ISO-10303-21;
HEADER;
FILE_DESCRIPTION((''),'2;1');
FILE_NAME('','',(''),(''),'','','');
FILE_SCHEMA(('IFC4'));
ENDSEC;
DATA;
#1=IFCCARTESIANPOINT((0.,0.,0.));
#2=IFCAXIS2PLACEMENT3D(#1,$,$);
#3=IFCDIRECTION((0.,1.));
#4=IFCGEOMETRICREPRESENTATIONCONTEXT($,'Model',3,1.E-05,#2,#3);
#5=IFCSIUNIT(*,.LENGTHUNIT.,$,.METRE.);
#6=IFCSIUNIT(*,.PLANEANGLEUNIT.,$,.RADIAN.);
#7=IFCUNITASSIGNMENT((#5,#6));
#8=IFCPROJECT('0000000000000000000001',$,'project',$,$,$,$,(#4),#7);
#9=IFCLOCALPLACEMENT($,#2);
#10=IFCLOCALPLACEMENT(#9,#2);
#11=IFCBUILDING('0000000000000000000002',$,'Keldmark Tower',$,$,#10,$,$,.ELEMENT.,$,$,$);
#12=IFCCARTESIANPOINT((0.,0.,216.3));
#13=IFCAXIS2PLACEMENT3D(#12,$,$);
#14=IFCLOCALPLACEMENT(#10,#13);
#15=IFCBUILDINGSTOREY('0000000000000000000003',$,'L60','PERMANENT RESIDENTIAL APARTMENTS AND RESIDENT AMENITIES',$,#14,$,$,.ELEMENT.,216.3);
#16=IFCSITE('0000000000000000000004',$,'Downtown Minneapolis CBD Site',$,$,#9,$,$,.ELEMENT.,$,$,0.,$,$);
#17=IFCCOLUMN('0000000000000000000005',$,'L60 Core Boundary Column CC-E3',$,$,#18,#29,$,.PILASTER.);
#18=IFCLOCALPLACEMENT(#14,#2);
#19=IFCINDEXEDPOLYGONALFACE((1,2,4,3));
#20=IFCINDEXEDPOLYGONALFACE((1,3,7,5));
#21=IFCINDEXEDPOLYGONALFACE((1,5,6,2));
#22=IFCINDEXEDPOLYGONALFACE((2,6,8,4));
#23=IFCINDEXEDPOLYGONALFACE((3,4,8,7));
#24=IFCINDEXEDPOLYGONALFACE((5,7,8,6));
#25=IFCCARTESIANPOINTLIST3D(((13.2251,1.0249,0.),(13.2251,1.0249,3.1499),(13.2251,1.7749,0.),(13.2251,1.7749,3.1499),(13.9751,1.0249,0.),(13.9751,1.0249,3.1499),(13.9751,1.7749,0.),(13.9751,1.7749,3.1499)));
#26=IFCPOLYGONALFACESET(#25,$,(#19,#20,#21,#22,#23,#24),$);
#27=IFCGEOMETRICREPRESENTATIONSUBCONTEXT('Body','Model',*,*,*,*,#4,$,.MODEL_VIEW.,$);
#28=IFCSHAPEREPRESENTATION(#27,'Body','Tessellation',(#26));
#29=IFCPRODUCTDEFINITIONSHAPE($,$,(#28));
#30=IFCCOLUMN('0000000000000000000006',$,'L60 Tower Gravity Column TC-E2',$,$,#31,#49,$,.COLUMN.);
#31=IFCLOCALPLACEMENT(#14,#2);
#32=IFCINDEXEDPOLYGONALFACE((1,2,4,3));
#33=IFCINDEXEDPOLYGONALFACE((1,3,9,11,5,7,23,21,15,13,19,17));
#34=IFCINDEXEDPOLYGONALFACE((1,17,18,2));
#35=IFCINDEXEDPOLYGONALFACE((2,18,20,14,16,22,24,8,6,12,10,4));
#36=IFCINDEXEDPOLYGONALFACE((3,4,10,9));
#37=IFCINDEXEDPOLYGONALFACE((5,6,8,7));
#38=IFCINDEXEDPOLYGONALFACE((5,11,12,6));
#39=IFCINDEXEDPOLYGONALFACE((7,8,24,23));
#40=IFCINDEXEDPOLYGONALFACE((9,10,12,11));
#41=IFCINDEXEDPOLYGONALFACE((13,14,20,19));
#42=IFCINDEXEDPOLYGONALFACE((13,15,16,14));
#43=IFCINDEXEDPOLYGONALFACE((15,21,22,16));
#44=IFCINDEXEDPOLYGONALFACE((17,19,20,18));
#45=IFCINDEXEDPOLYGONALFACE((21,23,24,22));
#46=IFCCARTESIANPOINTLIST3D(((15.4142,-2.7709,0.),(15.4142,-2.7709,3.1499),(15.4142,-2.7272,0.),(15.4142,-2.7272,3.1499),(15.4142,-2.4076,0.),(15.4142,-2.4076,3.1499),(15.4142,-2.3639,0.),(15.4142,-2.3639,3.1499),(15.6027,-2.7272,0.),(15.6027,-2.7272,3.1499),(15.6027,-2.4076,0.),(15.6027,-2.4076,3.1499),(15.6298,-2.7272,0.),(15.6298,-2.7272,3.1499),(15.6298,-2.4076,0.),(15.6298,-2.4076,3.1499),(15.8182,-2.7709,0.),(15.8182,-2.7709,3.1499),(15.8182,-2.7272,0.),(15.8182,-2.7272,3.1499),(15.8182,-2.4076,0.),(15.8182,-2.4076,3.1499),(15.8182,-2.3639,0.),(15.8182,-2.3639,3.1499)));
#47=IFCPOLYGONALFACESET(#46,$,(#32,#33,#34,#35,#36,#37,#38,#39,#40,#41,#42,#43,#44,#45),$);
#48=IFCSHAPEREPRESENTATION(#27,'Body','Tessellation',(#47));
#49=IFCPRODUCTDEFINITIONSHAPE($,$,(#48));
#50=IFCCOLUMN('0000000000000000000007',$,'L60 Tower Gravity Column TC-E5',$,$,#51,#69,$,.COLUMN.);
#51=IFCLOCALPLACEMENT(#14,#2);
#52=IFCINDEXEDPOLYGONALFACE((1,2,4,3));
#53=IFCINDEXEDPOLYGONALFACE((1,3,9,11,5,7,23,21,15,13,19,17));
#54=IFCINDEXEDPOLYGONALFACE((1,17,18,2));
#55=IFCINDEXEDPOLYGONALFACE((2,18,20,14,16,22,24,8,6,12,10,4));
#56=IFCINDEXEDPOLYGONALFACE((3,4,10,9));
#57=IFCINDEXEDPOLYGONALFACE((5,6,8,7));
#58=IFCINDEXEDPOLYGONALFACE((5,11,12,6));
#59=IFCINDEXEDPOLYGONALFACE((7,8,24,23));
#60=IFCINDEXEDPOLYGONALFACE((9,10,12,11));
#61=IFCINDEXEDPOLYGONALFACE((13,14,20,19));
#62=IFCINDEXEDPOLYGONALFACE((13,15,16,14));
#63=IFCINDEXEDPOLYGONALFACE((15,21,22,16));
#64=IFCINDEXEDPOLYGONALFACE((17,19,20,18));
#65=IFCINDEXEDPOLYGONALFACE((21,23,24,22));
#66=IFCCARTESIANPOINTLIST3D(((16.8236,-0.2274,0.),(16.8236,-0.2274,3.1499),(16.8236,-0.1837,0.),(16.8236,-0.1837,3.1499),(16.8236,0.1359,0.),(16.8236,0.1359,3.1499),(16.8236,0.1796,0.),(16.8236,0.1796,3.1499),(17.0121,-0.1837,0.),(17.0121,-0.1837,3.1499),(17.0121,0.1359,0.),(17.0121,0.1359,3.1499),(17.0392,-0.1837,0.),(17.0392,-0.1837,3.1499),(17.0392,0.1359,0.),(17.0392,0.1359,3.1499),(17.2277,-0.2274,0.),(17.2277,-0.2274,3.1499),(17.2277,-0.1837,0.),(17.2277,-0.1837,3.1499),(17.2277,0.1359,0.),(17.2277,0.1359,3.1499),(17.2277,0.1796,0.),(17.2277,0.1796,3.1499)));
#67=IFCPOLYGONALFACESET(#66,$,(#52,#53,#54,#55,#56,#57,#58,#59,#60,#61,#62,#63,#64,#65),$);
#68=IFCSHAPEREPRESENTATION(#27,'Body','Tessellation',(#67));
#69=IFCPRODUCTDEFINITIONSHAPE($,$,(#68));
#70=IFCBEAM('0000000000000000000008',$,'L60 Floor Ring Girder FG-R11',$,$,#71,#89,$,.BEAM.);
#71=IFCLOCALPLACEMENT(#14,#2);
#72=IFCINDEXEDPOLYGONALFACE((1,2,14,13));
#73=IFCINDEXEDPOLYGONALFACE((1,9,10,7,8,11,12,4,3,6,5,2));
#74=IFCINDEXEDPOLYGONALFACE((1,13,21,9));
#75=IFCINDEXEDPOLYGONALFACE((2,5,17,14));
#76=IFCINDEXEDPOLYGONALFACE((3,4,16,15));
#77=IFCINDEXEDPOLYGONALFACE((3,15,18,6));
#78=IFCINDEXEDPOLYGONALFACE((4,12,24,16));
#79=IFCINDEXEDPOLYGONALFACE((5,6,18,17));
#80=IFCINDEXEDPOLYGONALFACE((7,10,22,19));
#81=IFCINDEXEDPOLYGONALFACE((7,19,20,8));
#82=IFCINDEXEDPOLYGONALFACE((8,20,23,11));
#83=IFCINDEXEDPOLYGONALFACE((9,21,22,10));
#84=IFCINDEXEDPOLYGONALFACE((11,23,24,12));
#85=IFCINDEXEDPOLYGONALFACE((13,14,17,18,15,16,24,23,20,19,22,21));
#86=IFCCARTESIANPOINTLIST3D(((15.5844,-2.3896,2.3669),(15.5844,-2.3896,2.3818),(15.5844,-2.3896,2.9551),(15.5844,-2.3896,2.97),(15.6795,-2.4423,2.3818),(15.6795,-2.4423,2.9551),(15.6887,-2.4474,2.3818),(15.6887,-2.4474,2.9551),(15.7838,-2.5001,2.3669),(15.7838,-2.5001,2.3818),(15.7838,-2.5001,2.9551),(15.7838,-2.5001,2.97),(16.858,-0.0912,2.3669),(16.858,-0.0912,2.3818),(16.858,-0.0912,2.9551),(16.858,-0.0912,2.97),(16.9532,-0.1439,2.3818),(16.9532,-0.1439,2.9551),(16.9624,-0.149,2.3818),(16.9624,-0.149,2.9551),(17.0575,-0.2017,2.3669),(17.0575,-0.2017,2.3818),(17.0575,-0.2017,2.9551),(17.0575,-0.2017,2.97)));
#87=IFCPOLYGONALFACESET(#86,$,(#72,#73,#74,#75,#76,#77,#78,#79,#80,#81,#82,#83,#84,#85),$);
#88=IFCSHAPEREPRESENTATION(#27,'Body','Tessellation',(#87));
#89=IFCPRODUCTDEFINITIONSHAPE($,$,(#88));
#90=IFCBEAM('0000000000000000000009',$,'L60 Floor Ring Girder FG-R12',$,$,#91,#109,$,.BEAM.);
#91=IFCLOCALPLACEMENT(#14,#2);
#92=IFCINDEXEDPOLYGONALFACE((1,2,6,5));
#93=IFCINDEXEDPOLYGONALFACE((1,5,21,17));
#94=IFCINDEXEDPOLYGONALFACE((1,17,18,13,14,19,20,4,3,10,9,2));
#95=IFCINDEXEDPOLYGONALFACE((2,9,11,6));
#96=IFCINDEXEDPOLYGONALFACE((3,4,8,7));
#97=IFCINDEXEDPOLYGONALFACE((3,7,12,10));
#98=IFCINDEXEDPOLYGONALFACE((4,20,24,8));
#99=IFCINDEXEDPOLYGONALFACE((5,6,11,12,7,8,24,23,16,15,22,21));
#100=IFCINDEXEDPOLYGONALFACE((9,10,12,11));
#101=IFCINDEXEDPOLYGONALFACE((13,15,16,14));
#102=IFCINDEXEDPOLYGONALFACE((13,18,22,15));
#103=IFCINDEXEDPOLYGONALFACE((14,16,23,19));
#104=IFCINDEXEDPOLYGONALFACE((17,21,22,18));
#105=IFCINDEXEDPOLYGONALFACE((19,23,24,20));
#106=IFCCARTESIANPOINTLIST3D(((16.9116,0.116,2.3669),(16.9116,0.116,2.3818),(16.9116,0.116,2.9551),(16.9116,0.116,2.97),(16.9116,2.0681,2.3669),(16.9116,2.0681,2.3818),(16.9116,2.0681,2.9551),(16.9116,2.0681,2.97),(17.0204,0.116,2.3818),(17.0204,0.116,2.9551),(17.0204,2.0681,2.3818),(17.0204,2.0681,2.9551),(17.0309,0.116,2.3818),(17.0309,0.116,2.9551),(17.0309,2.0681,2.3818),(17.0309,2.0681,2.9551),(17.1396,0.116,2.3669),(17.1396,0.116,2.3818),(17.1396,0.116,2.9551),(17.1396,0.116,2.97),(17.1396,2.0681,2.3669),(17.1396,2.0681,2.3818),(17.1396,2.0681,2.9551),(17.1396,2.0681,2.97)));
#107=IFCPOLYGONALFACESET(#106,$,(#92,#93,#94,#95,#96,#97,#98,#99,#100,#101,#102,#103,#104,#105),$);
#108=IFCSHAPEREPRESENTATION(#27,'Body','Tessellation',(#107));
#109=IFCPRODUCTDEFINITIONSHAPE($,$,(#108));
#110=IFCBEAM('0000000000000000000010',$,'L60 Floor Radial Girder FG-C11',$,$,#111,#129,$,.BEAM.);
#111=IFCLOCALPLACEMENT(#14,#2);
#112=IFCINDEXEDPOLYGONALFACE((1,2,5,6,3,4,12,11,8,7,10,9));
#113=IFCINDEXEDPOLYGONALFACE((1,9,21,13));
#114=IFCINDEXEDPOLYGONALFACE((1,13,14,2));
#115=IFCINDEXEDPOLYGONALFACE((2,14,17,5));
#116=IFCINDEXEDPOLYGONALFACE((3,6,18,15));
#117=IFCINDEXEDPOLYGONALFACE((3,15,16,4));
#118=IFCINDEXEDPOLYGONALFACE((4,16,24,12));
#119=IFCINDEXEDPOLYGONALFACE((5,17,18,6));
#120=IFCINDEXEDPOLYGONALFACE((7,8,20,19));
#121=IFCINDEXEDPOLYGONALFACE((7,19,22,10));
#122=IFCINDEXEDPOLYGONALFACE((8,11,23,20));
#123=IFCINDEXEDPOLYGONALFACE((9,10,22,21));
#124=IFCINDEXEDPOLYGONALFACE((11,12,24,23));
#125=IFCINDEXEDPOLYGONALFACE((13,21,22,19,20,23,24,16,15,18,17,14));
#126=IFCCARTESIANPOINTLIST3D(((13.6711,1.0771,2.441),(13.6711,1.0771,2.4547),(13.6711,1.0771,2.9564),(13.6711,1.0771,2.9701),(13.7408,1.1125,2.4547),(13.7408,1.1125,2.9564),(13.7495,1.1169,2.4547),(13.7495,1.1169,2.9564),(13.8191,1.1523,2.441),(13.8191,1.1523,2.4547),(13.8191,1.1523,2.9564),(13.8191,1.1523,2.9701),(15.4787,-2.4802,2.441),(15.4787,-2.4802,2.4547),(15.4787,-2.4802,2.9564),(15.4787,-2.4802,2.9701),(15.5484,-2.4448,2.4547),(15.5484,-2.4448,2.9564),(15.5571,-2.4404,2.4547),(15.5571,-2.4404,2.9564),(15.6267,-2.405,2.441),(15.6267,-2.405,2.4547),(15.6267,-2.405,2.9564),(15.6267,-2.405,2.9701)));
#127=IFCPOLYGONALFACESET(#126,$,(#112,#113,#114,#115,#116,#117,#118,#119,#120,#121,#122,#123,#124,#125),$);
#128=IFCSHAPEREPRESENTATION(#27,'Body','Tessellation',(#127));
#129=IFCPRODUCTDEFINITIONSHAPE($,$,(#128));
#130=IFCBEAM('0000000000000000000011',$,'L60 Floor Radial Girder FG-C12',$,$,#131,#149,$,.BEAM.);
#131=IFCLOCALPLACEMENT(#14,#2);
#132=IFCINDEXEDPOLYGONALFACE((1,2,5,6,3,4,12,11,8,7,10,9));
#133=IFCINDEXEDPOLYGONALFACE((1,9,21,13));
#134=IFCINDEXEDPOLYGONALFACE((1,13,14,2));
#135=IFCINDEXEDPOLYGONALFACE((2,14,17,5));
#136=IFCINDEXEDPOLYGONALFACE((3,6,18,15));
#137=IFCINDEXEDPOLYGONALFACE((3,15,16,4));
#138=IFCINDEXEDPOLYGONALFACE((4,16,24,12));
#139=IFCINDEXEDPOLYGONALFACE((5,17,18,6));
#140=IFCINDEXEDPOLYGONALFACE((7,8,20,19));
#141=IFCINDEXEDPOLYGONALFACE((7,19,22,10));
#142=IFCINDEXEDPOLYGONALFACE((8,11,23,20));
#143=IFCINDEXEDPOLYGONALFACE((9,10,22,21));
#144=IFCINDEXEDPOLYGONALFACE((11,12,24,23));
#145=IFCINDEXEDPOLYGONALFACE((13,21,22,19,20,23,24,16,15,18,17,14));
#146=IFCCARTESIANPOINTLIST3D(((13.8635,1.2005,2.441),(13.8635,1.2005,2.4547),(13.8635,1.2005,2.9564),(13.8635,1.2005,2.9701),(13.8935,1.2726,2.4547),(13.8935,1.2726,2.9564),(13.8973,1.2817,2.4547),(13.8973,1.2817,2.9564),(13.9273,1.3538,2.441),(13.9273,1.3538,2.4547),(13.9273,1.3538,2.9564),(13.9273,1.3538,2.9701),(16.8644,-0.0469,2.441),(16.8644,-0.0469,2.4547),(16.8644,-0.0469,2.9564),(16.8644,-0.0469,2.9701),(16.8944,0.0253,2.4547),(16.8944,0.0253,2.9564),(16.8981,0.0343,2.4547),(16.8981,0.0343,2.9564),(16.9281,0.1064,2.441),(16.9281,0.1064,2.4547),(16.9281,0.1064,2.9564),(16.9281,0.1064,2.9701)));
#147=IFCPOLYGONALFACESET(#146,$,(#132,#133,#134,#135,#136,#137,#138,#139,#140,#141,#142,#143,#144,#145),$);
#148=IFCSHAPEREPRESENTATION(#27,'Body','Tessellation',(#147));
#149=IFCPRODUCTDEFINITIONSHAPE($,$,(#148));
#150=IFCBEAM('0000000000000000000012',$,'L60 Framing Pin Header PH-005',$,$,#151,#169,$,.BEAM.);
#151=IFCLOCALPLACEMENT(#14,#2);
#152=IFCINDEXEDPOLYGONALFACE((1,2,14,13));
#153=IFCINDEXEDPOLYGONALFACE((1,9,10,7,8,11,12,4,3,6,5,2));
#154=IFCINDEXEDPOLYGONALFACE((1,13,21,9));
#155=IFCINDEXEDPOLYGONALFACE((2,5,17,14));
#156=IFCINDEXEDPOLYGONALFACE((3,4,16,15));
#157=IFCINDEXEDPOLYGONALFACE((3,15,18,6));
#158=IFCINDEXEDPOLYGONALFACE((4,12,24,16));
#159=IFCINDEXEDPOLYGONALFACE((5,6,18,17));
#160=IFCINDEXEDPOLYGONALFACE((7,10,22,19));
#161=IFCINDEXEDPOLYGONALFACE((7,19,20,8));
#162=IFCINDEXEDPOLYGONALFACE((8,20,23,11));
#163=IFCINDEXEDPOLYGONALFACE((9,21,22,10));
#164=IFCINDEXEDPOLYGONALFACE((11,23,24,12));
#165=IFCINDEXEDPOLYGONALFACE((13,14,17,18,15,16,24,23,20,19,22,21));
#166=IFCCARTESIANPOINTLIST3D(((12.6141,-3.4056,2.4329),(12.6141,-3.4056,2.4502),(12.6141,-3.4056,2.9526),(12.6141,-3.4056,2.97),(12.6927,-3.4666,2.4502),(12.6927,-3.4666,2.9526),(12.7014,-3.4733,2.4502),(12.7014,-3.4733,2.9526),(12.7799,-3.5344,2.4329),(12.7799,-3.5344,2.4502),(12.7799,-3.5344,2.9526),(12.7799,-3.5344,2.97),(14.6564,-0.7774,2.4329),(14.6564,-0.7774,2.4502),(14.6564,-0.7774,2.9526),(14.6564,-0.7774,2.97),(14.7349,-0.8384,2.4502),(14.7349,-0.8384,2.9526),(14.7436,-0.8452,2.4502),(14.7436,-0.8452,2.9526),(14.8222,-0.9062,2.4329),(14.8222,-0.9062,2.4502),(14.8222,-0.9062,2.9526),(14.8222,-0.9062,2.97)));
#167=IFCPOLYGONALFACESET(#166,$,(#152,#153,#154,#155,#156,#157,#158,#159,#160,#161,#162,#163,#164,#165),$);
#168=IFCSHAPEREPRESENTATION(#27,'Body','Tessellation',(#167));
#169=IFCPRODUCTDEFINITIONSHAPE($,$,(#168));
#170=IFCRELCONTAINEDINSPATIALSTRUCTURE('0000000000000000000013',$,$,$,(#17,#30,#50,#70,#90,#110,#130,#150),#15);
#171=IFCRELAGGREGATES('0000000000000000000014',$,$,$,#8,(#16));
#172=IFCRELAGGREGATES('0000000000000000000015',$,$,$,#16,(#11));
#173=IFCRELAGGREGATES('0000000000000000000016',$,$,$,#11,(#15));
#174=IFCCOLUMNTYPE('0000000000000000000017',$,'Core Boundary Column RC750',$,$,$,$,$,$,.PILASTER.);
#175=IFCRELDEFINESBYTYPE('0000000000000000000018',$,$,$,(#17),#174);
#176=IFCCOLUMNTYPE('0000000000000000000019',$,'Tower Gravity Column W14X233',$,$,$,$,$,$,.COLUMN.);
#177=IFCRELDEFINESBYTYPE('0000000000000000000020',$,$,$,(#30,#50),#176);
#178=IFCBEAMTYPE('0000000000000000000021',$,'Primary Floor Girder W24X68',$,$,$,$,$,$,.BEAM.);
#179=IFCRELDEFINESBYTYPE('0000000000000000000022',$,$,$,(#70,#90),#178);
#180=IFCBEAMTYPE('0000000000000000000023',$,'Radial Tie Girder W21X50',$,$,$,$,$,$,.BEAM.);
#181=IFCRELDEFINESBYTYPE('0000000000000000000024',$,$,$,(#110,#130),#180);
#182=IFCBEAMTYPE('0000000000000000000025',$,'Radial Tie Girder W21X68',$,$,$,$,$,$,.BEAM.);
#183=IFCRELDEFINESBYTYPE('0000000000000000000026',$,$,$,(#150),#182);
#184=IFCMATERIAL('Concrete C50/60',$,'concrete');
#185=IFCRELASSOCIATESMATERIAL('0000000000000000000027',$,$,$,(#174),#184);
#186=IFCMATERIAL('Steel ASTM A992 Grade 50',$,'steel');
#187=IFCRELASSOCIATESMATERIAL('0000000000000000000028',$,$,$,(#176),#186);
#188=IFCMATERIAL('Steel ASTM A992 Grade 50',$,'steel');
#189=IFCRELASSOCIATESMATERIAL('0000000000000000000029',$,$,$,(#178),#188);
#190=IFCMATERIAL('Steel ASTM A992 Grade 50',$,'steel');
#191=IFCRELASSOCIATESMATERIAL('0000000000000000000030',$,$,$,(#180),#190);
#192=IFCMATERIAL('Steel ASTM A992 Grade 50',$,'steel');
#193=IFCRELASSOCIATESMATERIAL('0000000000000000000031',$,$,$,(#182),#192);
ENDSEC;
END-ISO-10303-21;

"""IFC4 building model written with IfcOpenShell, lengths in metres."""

from ifc_helpers import new_model, si_unit, direction, frame, origin, origin_2d, place, context, subcontext, project, spatial, rectangle, i_section, extrude, material, material_profile, profile_set, type_object, element, save


model = new_model("IFC4")

# Units and contexts
model_context = context("Model", 3, precision=1e-05, world=origin(), true_north=direction((0.0, 1.0)))
body_context = subcontext(model_context, "Body", "Model", "MODEL_VIEW")
ifc_project = project(units=[si_unit("LENGTHUNIT", "METRE"), si_unit("PLANEANGLEUNIT", "RADIAN")], contexts=[model_context])

# Site, building, storey
site_placement = place(None, origin())
site = spatial("IfcSite", under=ifc_project, at=site_placement, Name="Downtown Minneapolis CBD Site", CompositionType="ELEMENT", RefElevation=0.0)
building_placement = place(site_placement, origin())
building = spatial("IfcBuilding", under=site, at=building_placement, Name="Keldmark Tower", CompositionType="ELEMENT")
storey_placement = place(building_placement, frame((0.0, 0.0, 216.3)))
storey = spatial("IfcBuildingStorey", under=building, at=storey_placement, Name="L60", Description="PERMANENT RESIDENTIAL APARTMENTS AND RESIDENT AMENITIES", CompositionType="ELEMENT", Elevation=216.3)

# Columns
ifc_material_1 = material(Name="Concrete C50/60", Category="concrete")
ifc_material_profile_1 = material_profile(ifc_material_1, rectangle(XDim=0.75, YDim=0.75, at=origin_2d()), Name="RC750X750")
ifc_profile_set_1 = profile_set([ifc_material_profile_1], Name="Concrete C50/60")
column_type_1 = type_object("IfcColumnType", Name="Core Boundary Column RC750", PredefinedType="PILASTER", material=ifc_profile_set_1)
column_placement = place(storey_placement, frame((13.6001, 1.3999, 0.0), z_axis=(0.0, 0.0, 1.0), x_axis=(1.0, 0.0, 0.0)))
element("IfcColumn", 1, at=column_placement, inside=storey, type_object=column_type_1, Name="L60 Core Boundary Column CC-E3", PredefinedType="PILASTER", context=body_context, shape_type="SweptSolid", body=[
    extrude(rectangle(XDim=0.75, YDim=0.75, at=origin_2d()), origin(), (0.0, 0.0, 1.0), 3.1499),
])
ifc_material_2 = material(Name="Steel ASTM A992 Grade 50", Category="steel")
ifc_material_profile_2 = material_profile(ifc_material_2, i_section(OverallWidth=0.4041, OverallDepth=0.407, WebThickness=0.0271, FlangeThickness=0.0437, at=origin_2d()), Name="W14X233")
ifc_profile_set_2 = profile_set([ifc_material_profile_2], Name="Steel ASTM A992 Grade 50")
column_type_2 = type_object("IfcColumnType", Name="Tower Gravity Column W14X233", PredefinedType="COLUMN", material=ifc_profile_set_2)
for number, where, z_axis, x_axis, name in (
    (2, (15.6162, -2.5674, 0.0), (0.0, 0.0, 1.0), (1.0, 0.0, 0.0), "L60 Tower Gravity Column TC-E2"),
    (3, (17.0256, -0.0239, 0.0), (0.0, 0.0, 1.0), (1.0, 0.0, 0.0), "L60 Tower Gravity Column TC-E5"),
):
    element("IfcColumn", number, at=place(storey_placement, frame(where, z_axis=z_axis, x_axis=x_axis)), inside=storey, type_object=column_type_2, Name=name, PredefinedType="COLUMN", context=body_context, shape_type="SweptSolid", body=[
        extrude(i_section(OverallWidth=0.4041, OverallDepth=0.407, WebThickness=0.0271, FlangeThickness=0.0437, at=origin_2d()), origin(), (0.0, 0.0, 1.0), 3.1499),
    ])

# Beams
ifc_material_3 = material(Name="Steel ASTM A992 Grade 50", Category="steel")
ifc_material_profile_3 = material_profile(ifc_material_3, i_section(OverallWidth=0.228, OverallDepth=0.603, WebThickness=0.0105, FlangeThickness=0.0149, at=origin_2d()), Name="W24X68")
ifc_profile_set_3 = profile_set([ifc_material_profile_3], Name="Steel ASTM A992 Grade 50")
beam_type_1 = type_object("IfcBeamType", Name="Primary Floor Girder W24X68", PredefinedType="BEAM", material=ifc_profile_set_3)
beam_1_placement = place(storey_placement, frame((15.6841, -2.4448, 2.6685), z_axis=(0.48472, 0.87467, 0.0), x_axis=(-0.87467, 0.48472, 0.0)))
element("IfcBeam", 4, at=beam_1_placement, inside=storey, type_object=beam_type_1, Name="L60 Floor Ring Girder FG-R11", PredefinedType="BEAM", context=body_context, shape_type="SweptSolid", body=[
    extrude(i_section(OverallWidth=0.228, OverallDepth=0.603, WebThickness=0.0105, FlangeThickness=0.0149, at=origin_2d()), origin(), (0.0, 0.0, 1.0), 2.6277),
])
beam_2_placement = place(storey_placement, frame((17.0256, 0.116, 2.6685), z_axis=(0.0, 1.0, 0.0), x_axis=(-1.0, 0.0, 0.0)))
element("IfcBeam", 5, at=beam_2_placement, inside=storey, type_object=beam_type_1, Name="L60 Floor Ring Girder FG-R12", PredefinedType="BEAM", context=body_context, shape_type="SweptSolid", body=[
    extrude(i_section(OverallWidth=0.228, OverallDepth=0.603, WebThickness=0.0105, FlangeThickness=0.0149, at=origin_2d()), origin(), (0.0, 0.0, 1.0), 1.9521),
])
ifc_material_4 = material(Name="Steel ASTM A992 Grade 50", Category="steel")
ifc_material_profile_4 = material_profile(ifc_material_4, i_section(OverallWidth=0.166, OverallDepth=0.5291, WebThickness=0.0098, FlangeThickness=0.0137, at=origin_2d()), Name="W21X50")
ifc_profile_set_4 = profile_set([ifc_material_profile_4], Name="Steel ASTM A992 Grade 50")
beam_type_2 = type_object("IfcBeamType", Name="Radial Tie Girder W21X50", PredefinedType="BEAM", material=ifc_profile_set_4)
beam_3_placement = place(storey_placement, frame((15.5527, -2.4426, 2.7056), z_axis=(-0.453004, 0.891508, 0.0), x_axis=(-0.891508, -0.453004, 0.0)))
element("IfcBeam", 6, at=beam_3_placement, inside=storey, type_object=beam_type_2, Name="L60 Floor Radial Girder FG-C11", PredefinedType="BEAM", context=body_context, shape_type="SweptSolid", body=[
    extrude(i_section(OverallWidth=0.166, OverallDepth=0.5291, WebThickness=0.0098, FlangeThickness=0.0137, at=origin_2d()), origin(), (0.0, 0.0, 1.0), 3.9902),
])
beam_4_placement = place(storey_placement, frame((16.8962, 0.0298, 2.7056), z_axis=(-0.923403, 0.383831, 0.0), x_axis=(-0.383831, -0.923403, 0.0)))
element("IfcBeam", 7, at=beam_4_placement, inside=storey, type_object=beam_type_2, Name="L60 Floor Radial Girder FG-C12", PredefinedType="BEAM", context=body_context, shape_type="SweptSolid", body=[
    extrude(i_section(OverallWidth=0.166, OverallDepth=0.5291, WebThickness=0.0098, FlangeThickness=0.0137, at=origin_2d()), origin(), (0.0, 0.0, 1.0), 3.2498),
])
ifc_material_5 = material(Name="Steel ASTM A992 Grade 50", Category="steel")
ifc_material_profile_5 = material_profile(ifc_material_5, i_section(OverallWidth=0.21, OverallDepth=0.5371, WebThickness=0.011, FlangeThickness=0.0173, at=origin_2d()), Name="W21X68")
ifc_profile_set_5 = profile_set([ifc_material_profile_5], Name="Steel ASTM A992 Grade 50")
beam_type_3 = type_object("IfcBeamType", Name="Radial Tie Girder W21X68", PredefinedType="BEAM", material=ifc_profile_set_5)
beam_5_placement = place(storey_placement, frame((14.7393, -0.8418, 2.7014), z_axis=(-0.613585, -0.789629, 0.0), x_axis=(0.789629, -0.613585, 0.0)))
element("IfcBeam", 8, at=beam_5_placement, inside=storey, type_object=beam_type_3, Name="L60 Framing Pin Header PH-005", PredefinedType="BEAM", context=body_context, shape_type="SweptSolid", body=[
    extrude(i_section(OverallWidth=0.21, OverallDepth=0.5371, WebThickness=0.011, FlangeThickness=0.0173, at=origin_2d()), origin(), (0.0, 0.0, 1.0), 3.3284),
])

save(model, "model.ifc")
